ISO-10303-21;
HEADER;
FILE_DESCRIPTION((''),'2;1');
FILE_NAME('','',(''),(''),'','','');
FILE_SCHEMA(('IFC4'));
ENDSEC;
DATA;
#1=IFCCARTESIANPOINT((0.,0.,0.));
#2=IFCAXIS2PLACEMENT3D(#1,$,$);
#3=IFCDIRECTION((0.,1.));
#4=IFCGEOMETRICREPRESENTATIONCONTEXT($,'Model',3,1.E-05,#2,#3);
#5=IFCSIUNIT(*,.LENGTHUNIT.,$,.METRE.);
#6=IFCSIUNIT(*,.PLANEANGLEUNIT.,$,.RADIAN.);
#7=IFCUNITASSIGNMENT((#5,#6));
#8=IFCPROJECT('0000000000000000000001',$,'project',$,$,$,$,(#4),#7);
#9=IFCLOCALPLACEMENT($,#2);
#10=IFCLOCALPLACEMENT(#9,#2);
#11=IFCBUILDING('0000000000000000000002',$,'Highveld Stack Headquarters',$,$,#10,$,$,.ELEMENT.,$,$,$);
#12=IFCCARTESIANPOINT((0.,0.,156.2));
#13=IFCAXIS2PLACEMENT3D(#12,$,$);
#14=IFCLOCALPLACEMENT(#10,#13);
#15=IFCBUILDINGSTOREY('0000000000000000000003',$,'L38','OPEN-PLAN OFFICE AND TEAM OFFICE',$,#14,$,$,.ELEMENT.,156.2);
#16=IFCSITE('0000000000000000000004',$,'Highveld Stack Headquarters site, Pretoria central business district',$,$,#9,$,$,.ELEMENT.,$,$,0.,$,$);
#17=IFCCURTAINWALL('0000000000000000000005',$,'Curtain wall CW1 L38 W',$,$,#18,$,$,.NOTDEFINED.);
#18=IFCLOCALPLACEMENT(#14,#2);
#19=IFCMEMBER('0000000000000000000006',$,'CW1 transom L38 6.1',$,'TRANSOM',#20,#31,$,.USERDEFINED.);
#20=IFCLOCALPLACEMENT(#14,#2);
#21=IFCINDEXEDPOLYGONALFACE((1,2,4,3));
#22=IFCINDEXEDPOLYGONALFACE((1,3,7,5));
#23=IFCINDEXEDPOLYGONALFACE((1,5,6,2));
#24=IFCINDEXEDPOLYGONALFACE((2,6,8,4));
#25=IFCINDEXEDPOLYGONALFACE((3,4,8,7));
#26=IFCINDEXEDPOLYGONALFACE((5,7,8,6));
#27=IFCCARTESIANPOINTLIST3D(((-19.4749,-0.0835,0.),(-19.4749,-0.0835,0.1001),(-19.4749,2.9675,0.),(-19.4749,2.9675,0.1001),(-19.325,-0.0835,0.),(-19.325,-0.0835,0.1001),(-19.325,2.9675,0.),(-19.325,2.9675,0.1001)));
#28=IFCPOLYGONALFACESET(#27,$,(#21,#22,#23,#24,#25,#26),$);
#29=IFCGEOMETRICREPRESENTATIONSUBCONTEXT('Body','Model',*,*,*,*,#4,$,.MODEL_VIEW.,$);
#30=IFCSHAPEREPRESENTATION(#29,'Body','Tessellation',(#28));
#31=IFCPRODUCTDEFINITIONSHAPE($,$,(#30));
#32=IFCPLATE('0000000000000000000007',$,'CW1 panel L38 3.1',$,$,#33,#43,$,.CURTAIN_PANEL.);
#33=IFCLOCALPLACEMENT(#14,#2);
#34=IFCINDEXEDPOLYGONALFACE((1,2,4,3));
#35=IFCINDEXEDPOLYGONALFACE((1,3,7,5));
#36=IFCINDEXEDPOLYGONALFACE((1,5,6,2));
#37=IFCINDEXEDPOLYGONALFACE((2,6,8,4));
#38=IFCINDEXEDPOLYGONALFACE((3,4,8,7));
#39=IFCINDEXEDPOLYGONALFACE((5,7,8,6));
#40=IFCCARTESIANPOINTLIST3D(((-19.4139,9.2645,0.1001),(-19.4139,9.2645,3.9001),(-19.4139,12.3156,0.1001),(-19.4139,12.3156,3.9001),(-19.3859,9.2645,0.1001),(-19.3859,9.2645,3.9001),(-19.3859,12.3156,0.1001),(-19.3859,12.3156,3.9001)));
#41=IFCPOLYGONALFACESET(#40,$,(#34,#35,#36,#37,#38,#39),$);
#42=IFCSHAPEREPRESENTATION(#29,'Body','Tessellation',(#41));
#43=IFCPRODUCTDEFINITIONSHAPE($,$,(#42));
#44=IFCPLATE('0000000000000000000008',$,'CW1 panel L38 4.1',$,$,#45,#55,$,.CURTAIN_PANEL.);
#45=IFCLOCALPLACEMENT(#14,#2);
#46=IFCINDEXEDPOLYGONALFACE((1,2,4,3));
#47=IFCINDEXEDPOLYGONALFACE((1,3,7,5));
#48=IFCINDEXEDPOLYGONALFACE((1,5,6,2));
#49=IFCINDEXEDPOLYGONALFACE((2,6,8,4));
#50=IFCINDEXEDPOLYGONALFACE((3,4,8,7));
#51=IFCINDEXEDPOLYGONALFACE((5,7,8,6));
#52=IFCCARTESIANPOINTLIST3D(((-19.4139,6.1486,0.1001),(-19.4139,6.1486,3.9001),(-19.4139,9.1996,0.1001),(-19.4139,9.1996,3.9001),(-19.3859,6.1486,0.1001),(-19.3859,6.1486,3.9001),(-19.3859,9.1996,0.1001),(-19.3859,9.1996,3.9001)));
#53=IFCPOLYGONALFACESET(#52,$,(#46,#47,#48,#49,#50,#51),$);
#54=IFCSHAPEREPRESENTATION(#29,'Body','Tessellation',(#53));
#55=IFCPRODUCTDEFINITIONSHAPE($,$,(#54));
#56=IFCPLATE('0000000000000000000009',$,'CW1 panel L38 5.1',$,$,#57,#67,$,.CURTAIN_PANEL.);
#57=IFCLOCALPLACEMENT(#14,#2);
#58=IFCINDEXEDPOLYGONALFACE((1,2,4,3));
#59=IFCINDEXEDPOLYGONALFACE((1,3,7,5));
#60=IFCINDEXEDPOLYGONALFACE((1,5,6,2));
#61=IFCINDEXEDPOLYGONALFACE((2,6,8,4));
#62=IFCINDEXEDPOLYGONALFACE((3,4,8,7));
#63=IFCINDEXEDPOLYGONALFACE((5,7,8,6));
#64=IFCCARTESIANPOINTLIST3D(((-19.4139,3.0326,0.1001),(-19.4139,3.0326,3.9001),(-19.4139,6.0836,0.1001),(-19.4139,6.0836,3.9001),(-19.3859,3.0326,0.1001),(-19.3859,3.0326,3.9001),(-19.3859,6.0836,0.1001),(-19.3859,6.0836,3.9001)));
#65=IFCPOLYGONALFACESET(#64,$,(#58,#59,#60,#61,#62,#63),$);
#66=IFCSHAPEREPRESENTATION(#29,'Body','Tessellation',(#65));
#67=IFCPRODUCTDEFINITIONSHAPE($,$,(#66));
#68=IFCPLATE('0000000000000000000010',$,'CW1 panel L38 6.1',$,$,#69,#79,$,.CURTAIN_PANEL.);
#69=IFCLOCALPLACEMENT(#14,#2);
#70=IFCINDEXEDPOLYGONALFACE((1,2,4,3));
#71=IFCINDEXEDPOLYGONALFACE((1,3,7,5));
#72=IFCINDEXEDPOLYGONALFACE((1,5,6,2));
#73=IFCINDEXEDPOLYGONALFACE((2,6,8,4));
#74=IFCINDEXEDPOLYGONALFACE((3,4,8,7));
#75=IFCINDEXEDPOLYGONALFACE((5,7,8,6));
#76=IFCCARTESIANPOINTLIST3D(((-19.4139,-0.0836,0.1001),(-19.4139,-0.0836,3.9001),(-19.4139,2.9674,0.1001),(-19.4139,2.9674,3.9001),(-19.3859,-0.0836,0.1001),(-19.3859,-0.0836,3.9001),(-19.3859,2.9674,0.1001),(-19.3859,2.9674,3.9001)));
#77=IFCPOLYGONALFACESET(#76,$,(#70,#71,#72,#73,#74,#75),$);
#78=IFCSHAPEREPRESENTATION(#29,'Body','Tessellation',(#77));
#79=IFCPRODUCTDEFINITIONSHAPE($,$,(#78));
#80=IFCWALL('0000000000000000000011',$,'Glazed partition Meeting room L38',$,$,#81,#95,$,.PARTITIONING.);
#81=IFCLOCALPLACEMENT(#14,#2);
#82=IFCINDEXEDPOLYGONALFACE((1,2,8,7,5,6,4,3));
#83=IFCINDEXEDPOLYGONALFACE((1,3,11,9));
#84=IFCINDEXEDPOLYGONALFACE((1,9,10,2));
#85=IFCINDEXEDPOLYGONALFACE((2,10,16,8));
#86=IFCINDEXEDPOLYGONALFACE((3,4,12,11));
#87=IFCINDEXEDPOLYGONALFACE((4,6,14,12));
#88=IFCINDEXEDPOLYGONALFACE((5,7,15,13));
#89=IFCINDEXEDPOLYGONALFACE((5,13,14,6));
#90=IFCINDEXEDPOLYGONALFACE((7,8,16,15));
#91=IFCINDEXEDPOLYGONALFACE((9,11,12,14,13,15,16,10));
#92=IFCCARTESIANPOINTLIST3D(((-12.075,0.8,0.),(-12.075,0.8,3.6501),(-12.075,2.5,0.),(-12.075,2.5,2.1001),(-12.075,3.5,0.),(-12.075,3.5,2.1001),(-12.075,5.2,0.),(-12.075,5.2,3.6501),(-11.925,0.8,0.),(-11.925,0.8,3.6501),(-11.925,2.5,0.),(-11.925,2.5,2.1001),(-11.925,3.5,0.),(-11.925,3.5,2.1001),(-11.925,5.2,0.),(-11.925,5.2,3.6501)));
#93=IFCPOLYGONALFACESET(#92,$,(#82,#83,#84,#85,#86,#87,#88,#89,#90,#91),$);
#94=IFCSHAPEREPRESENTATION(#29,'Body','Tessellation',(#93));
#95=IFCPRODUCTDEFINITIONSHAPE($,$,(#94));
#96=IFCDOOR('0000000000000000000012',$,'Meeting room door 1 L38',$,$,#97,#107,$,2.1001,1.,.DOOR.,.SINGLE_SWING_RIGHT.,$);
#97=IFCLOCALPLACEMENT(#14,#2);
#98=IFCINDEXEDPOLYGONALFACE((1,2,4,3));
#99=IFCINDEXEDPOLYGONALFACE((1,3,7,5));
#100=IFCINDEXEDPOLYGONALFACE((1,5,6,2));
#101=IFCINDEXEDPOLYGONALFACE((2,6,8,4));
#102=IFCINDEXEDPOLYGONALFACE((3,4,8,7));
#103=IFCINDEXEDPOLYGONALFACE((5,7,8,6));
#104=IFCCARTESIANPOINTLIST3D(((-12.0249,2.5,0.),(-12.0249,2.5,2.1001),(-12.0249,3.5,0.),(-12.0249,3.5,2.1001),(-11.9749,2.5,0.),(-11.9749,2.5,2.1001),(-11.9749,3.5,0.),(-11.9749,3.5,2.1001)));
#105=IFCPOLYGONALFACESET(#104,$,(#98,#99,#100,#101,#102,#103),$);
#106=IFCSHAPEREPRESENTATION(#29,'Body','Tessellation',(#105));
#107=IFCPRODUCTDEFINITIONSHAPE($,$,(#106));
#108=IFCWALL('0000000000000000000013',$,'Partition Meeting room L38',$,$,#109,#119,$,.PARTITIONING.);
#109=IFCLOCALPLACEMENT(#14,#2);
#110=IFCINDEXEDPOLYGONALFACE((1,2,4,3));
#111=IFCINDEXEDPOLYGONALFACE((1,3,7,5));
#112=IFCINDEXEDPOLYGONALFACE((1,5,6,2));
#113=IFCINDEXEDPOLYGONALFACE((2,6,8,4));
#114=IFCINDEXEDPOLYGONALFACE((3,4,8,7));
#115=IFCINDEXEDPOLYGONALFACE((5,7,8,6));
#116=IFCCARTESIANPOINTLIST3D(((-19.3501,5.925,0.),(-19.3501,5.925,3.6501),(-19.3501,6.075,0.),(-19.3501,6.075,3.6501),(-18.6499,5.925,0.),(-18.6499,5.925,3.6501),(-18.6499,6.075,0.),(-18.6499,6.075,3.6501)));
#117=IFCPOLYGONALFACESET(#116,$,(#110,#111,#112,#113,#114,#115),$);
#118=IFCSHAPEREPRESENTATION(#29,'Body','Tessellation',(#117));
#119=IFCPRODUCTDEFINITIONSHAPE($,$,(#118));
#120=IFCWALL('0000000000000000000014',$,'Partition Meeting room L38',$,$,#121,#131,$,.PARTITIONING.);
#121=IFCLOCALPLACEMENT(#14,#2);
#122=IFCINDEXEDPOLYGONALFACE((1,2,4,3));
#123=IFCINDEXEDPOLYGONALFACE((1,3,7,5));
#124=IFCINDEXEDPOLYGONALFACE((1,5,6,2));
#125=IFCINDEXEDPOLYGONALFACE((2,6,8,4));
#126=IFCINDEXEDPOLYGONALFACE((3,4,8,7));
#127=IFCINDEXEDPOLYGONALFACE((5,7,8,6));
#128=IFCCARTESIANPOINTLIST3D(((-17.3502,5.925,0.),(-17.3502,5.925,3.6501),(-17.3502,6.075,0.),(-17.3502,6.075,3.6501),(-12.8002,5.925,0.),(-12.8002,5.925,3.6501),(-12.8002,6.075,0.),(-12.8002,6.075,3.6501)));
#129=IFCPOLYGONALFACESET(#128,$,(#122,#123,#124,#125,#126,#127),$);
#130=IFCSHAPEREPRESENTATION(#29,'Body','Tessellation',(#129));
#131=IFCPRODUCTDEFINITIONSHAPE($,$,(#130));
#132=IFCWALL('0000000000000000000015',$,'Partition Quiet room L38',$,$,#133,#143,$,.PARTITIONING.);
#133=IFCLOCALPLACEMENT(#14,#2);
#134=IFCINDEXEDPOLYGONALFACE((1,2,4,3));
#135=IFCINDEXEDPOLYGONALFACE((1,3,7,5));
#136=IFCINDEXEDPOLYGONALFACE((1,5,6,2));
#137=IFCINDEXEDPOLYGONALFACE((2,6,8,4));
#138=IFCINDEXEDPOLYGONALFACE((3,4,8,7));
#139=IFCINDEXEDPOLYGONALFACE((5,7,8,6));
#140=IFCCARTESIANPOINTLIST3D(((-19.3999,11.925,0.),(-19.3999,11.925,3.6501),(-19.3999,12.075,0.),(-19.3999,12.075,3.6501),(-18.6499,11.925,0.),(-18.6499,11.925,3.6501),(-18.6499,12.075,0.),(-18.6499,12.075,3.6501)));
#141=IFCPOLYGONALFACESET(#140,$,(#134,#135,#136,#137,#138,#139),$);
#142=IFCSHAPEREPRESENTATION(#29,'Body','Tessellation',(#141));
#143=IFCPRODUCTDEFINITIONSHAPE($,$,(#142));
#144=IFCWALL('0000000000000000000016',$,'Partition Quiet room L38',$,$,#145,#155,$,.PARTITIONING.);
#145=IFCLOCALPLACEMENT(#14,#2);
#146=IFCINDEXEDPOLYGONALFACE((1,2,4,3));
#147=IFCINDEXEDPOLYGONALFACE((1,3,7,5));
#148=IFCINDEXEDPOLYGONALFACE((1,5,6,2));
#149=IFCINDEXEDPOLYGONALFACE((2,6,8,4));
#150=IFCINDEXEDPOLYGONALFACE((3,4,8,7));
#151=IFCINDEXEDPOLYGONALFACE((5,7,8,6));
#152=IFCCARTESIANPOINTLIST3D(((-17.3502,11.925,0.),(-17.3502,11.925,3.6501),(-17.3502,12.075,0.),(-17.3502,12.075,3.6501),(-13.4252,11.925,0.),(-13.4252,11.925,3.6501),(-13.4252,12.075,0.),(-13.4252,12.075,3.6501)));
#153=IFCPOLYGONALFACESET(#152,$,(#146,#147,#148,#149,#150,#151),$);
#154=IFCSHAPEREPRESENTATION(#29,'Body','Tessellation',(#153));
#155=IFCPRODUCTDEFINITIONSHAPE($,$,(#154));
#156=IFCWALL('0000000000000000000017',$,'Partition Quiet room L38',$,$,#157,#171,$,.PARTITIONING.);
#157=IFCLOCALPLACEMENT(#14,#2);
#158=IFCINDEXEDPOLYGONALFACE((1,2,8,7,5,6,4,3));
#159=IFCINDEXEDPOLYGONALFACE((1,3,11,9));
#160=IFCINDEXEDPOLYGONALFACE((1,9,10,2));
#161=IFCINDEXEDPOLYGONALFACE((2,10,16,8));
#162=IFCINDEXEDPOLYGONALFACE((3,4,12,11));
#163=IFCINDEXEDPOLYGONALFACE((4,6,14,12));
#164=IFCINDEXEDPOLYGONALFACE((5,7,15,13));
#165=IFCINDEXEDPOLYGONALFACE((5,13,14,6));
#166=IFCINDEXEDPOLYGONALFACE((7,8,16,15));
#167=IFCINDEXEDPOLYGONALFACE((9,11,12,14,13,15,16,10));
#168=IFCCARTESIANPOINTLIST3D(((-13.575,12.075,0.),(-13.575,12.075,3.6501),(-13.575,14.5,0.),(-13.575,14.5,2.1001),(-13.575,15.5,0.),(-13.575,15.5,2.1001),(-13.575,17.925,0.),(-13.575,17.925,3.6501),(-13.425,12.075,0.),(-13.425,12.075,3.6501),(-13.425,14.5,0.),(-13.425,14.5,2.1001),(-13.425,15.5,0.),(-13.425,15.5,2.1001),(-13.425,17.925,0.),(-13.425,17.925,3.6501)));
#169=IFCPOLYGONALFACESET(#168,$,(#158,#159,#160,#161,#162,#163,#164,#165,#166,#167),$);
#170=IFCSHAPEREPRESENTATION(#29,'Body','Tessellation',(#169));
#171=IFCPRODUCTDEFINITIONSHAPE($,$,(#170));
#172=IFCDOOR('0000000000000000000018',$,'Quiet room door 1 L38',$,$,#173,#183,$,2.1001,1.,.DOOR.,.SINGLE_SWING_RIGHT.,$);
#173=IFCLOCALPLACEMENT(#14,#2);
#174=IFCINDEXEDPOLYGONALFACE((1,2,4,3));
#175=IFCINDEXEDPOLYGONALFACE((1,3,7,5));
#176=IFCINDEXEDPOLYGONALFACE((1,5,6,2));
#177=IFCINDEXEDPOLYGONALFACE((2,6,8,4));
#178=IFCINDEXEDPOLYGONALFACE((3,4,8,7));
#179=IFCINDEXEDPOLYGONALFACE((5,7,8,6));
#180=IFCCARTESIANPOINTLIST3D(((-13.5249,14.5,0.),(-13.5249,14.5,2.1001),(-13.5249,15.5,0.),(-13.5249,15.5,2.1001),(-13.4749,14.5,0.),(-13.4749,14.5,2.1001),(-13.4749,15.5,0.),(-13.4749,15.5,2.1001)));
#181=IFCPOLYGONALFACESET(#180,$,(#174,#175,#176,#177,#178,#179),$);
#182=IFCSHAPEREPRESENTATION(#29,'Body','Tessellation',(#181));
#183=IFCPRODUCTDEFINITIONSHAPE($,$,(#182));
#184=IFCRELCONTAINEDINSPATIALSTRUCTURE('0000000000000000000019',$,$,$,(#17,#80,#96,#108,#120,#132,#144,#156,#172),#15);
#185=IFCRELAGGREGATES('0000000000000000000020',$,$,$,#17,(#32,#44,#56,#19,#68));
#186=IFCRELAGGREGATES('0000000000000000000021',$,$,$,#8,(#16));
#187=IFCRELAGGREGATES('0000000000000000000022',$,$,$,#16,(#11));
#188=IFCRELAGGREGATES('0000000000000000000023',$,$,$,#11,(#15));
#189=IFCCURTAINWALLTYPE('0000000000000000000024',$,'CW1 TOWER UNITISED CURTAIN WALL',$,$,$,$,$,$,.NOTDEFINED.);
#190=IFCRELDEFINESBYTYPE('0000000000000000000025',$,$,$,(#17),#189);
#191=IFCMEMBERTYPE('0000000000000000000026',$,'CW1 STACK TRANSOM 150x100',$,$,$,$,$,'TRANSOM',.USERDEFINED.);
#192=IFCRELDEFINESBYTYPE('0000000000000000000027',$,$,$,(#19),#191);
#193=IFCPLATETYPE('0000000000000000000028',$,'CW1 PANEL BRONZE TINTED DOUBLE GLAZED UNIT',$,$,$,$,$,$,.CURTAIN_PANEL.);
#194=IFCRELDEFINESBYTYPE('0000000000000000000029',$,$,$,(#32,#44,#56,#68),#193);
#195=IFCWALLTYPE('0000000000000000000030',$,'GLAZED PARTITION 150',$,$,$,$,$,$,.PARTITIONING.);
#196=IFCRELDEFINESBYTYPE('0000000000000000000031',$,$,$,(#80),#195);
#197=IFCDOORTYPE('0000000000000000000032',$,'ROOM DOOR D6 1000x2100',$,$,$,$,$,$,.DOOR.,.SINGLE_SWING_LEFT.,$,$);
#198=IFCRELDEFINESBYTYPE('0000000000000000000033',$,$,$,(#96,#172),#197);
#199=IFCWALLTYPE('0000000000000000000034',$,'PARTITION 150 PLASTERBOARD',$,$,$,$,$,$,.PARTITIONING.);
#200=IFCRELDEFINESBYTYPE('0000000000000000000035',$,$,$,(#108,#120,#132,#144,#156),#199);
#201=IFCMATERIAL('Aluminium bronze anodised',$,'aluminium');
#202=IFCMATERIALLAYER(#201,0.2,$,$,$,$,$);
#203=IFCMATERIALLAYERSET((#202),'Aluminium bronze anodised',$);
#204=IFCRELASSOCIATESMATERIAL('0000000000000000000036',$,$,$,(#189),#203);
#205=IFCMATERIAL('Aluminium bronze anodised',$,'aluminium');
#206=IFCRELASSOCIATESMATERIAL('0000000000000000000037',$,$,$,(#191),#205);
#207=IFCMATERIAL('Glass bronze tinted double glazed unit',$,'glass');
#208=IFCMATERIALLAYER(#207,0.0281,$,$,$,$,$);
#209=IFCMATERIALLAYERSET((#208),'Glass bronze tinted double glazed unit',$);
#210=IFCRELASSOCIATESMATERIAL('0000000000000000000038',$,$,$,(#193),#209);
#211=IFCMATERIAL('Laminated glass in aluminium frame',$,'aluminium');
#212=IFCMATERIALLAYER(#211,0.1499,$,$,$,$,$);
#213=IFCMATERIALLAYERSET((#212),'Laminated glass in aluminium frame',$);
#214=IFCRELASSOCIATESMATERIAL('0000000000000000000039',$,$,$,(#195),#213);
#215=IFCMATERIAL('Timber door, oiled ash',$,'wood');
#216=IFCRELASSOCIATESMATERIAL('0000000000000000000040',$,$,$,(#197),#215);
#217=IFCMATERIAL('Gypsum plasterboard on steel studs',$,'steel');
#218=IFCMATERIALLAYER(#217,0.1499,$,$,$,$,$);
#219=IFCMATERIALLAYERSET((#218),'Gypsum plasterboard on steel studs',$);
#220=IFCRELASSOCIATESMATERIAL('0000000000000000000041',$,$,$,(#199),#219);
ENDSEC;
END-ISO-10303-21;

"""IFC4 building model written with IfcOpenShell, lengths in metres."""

from ifc_helpers import new_model, si_unit, direction, frame, frame_2d, origin, origin_2d, place, context, subcontext, project, spatial, rectangle, extrude, material, layer, layer_set, material_profile, profile_set, type_object, element, fill, aggregate, save


model = new_model("IFC4")

# Units and contexts
model_context = context("Model", 3, precision=1e-05, world=origin(), true_north=direction((0.0, 1.0)))
body_context = subcontext(model_context, "Body", "Model", "MODEL_VIEW")
ifc_project = project(units=[si_unit("LENGTHUNIT", "METRE"), si_unit("PLANEANGLEUNIT", "RADIAN")], contexts=[model_context])

# Site, building, storey
site_placement = place(None, origin())
site = spatial("IfcSite", under=ifc_project, at=site_placement, Name="Highveld Stack Headquarters site, Pretoria central business district", CompositionType="ELEMENT", RefElevation=0.0)
building_placement = place(site_placement, origin())
building = spatial("IfcBuilding", under=site, at=building_placement, Name="Highveld Stack Headquarters", CompositionType="ELEMENT")
storey_placement = place(building_placement, frame((0.0, 0.0, 156.2)))
storey = spatial("IfcBuildingStorey", under=building, at=storey_placement, Name="L38", Description="OPEN-PLAN OFFICE AND TEAM OFFICE", CompositionType="ELEMENT", Elevation=156.2)

# Curtain wall, member, plates
ifc_material_1 = material(Name="Aluminium bronze anodised", Category="aluminium")
ifc_layer_1 = layer(ifc_material_1, 0.2)
ifc_layer_set_1 = layer_set([ifc_layer_1], Name="Aluminium bronze anodised")
curtain_wall_type = type_object("IfcCurtainWallType", Name="CW1 TOWER UNITISED CURTAIN WALL", PredefinedType="NOTDEFINED", material=ifc_layer_set_1)
curtain_wall_placement = place(storey_placement, origin())
curtain_wall = element("IfcCurtainWall", 1, at=curtain_wall_placement, inside=storey, type_object=curtain_wall_type, Name="Curtain wall CW1 L38 W", PredefinedType="NOTDEFINED")
ifc_material_2 = material(Name="Aluminium bronze anodised", Category="aluminium")
ifc_material_profile_1 = material_profile(ifc_material_2, rectangle(XDim=0.1499, YDim=0.1001, at=origin_2d()), Name="CW1 TRANSOM 150x100")
ifc_profile_set_1 = profile_set([ifc_material_profile_1], Name="Aluminium bronze anodised")
member_type_1 = type_object("IfcMemberType", Name="CW1 STACK TRANSOM 150x100", ElementType="TRANSOM", PredefinedType="USERDEFINED", material=ifc_profile_set_1)
member_1_placement = place(storey_placement, frame((-19.3999, 2.9675, 0.05), z_axis=(0.0, -1.0, 0.0), x_axis=(1.0, 0.0, 0.0)))
member_1 = element("IfcMember", 2, at=member_1_placement, type_object=member_type_1, Name="CW1 transom L38 6.1", ObjectType="TRANSOM", PredefinedType="USERDEFINED", context=body_context, shape_type="SweptSolid", body=[
    extrude(rectangle(XDim=0.1499, YDim=0.1001, at=origin_2d()), origin(), (0.0, 0.0, 1.0), 3.051),
])
ifc_material_3 = material(Name="Glass bronze tinted double glazed unit", Category="glass")
ifc_layer_2 = layer(ifc_material_3, 0.0281)
ifc_layer_set_2 = layer_set([ifc_layer_2], Name="Glass bronze tinted double glazed unit")
plate_type = type_object("IfcPlateType", Name="CW1 PANEL BRONZE TINTED DOUBLE GLAZED UNIT", PredefinedType="CURTAIN_PANEL", material=ifc_layer_set_2)
plate_1_placement = place(storey_placement, frame((-19.3999, 10.79, 0.1001), z_axis=(0.0, 0.0, 1.0), x_axis=(0.0, -1.0, 0.0)))
plate_1 = element("IfcPlate", 3, at=plate_1_placement, type_object=plate_type, Name="CW1 panel L38 3.1", PredefinedType="CURTAIN_PANEL", context=body_context, shape_type="SweptSolid", body=[
    extrude(rectangle(XDim=3.051, YDim=0.0281, at=origin_2d()), origin(), (0.0, 0.0, 1.0), 3.8),
])
plate_2_placement = place(storey_placement, frame((-19.3999, 7.6741, 0.1001), z_axis=(0.0, 0.0, 1.0), x_axis=(0.0, -1.0, 0.0)))
plate_2 = element("IfcPlate", 4, at=plate_2_placement, type_object=plate_type, Name="CW1 panel L38 4.1", PredefinedType="CURTAIN_PANEL", context=body_context, shape_type="SweptSolid", body=[
    extrude(rectangle(XDim=3.051, YDim=0.0281, at=origin_2d()), origin(), (0.0, 0.0, 1.0), 3.8),
])
plate_3_placement = place(storey_placement, frame((-19.3999, 4.5581, 0.1001), z_axis=(0.0, 0.0, 1.0), x_axis=(0.0, -1.0, 0.0)))
plate_3 = element("IfcPlate", 5, at=plate_3_placement, type_object=plate_type, Name="CW1 panel L38 5.1", PredefinedType="CURTAIN_PANEL", context=body_context, shape_type="SweptSolid", body=[
    extrude(rectangle(XDim=3.051, YDim=0.0281, at=origin_2d()), origin(), (0.0, 0.0, 1.0), 3.8),
])
plate_4_placement = place(storey_placement, frame((-19.3999, 1.4419, 0.1001), z_axis=(0.0, 0.0, 1.0), x_axis=(0.0, -1.0, 0.0)))
plate_4 = element("IfcPlate", 6, at=plate_4_placement, type_object=plate_type, Name="CW1 panel L38 6.1", PredefinedType="CURTAIN_PANEL", context=body_context, shape_type="SweptSolid", body=[
    extrude(rectangle(XDim=3.051, YDim=0.0281, at=origin_2d()), origin(), (0.0, 0.0, 1.0), 3.8),
])
aggregate(curtain_wall, [plate_1, plate_2, plate_3, member_1, plate_4])

# Wall, opening, door
ifc_material_4 = material(Name="Laminated glass in aluminium frame", Category="aluminium")
ifc_layer_3 = layer(ifc_material_4, 0.1499)
ifc_layer_set_3 = layer_set([ifc_layer_3], Name="Laminated glass in aluminium frame")
wall_type_1 = type_object("IfcWallType", Name="GLAZED PARTITION 150", PredefinedType="PARTITIONING", material=ifc_layer_set_3)
wall_1_placement = place(storey_placement, frame((-12.0, 0.8, 0.0), z_axis=(0.0, 0.0, 1.0), x_axis=(0.0, 1.0, 0.0)))
wall_1 = element("IfcWall", 7, at=wall_1_placement, inside=storey, type_object=wall_type_1, Name="Glazed partition Meeting room L38", PredefinedType="PARTITIONING", context=body_context, shape_type="SweptSolid", body=[
    extrude(rectangle(XDim=4.3999, YDim=0.1499, at=frame_2d((2.2, 0.0))), origin(), (0.0, 0.0, 1.0), 3.6501),
])
opening_1_placement = place(wall_1_placement, frame((1.7, 0.0, 0.0)))
opening_1 = element("IfcOpeningElement", 8, at=opening_1_placement, cuts=wall_1, PredefinedType="OPENING", context=body_context, shape_type="SweptSolid", body=[
    extrude(rectangle(XDim=1.0, YDim=2.1001, at=frame_2d((0.5, 1.05))), frame((0.0, 0.085, 0.0), z_axis=(0.0, -1.0, 0.0), x_axis=(1.0, 0.0, 0.0)), (0.0, 0.0, 1.0), 0.1699),
])
ifc_material_5 = material(Name="Timber door, oiled ash", Category="wood")
door_type = type_object("IfcDoorType", Name="ROOM DOOR D6 1000x2100", OperationType="SINGLE_SWING_LEFT", PredefinedType="DOOR", material=ifc_material_5)
door_1_placement = place(opening_1_placement, origin())
door_1 = element("IfcDoor", 9, at=door_1_placement, inside=storey, type_object=door_type, Name="Meeting room door 1 L38", OperationType="SINGLE_SWING_RIGHT", OverallHeight=2.1001, OverallWidth=1.0, PredefinedType="DOOR", context=body_context, shape_type="SweptSolid", body=[
    extrude(rectangle(XDim=1.0, YDim=2.1001, at=frame_2d((0.5, 1.05))), frame((0.0, 0.0249, 0.0), z_axis=(0.0, -1.0, 0.0), x_axis=(1.0, 0.0, 0.0)), (0.0, 0.0, 1.0), 0.05),
])
fill(opening_1, door_1)

# Walls
ifc_material_6 = material(Name="Gypsum plasterboard on steel studs", Category="steel")
ifc_layer_4 = layer(ifc_material_6, 0.1499)
ifc_layer_set_4 = layer_set([ifc_layer_4], Name="Gypsum plasterboard on steel studs")
wall_type_2 = type_object("IfcWallType", Name="PARTITION 150 PLASTERBOARD", PredefinedType="PARTITIONING", material=ifc_layer_set_4)
wall_2_placement = place(storey_placement, frame((-19.3501, 6.0, 0.0), z_axis=(0.0, 0.0, 1.0), x_axis=(1.0, 0.0, 0.0)))
element("IfcWall", 10, at=wall_2_placement, inside=storey, type_object=wall_type_2, Name="Partition Meeting room L38", PredefinedType="PARTITIONING", context=body_context, shape_type="SweptSolid", body=[
    extrude(rectangle(XDim=0.7002, YDim=0.1499, at=frame_2d((0.3501, 0.0))), origin(), (0.0, 0.0, 1.0), 3.6501),
])
wall_3_placement = place(storey_placement, frame((-17.3501, 6.0, 0.0), z_axis=(0.0, 0.0, 1.0), x_axis=(1.0, 0.0, 0.0)))
element("IfcWall", 11, at=wall_3_placement, inside=storey, type_object=wall_type_2, Name="Partition Meeting room L38", PredefinedType="PARTITIONING", context=body_context, shape_type="SweptSolid", body=[
    extrude(rectangle(XDim=4.55, YDim=0.1499, at=frame_2d((2.2749, 0.0))), origin(), (0.0, 0.0, 1.0), 3.6501),
])
wall_4_placement = place(storey_placement, frame((-19.3999, 12.0, 0.0), z_axis=(0.0, 0.0, 1.0), x_axis=(1.0, 0.0, 0.0)))
element("IfcWall", 12, at=wall_4_placement, inside=storey, type_object=wall_type_2, Name="Partition Quiet room L38", PredefinedType="PARTITIONING", context=body_context, shape_type="SweptSolid", body=[
    extrude(rectangle(XDim=0.75, YDim=0.1499, at=frame_2d((0.375, 0.0))), origin(), (0.0, 0.0, 1.0), 3.6501),
])
wall_5_placement = place(storey_placement, frame((-17.3501, 12.0, 0.0), z_axis=(0.0, 0.0, 1.0), x_axis=(1.0, 0.0, 0.0)))
element("IfcWall", 13, at=wall_5_placement, inside=storey, type_object=wall_type_2, Name="Partition Quiet room L38", PredefinedType="PARTITIONING", context=body_context, shape_type="SweptSolid", body=[
    extrude(rectangle(XDim=3.925, YDim=0.1499, at=frame_2d((1.9624, 0.0))), origin(), (0.0, 0.0, 1.0), 3.6501),
])

# Wall, opening, door
wall_6_placement = place(storey_placement, frame((-13.5, 12.075, 0.0), z_axis=(0.0, 0.0, 1.0), x_axis=(0.0, 1.0, 0.0)))
wall_6 = element("IfcWall", 14, at=wall_6_placement, inside=storey, type_object=wall_type_2, Name="Partition Quiet room L38", PredefinedType="PARTITIONING", context=body_context, shape_type="SweptSolid", body=[
    extrude(rectangle(XDim=5.8501, YDim=0.1499, at=frame_2d((2.925, 0.0))), origin(), (0.0, 0.0, 1.0), 3.6501),
])
opening_2_placement = place(wall_6_placement, frame((2.425, 0.0, 0.0)))
opening_2 = element("IfcOpeningElement", 15, at=opening_2_placement, cuts=wall_6, PredefinedType="OPENING", context=body_context, shape_type="SweptSolid", body=[
    extrude(rectangle(XDim=1.0, YDim=2.1001, at=frame_2d((0.5, 1.05))), frame((0.0, 0.085, 0.0), z_axis=(0.0, -1.0, 0.0), x_axis=(1.0, 0.0, 0.0)), (0.0, 0.0, 1.0), 0.1699),
])
door_2_placement = place(opening_2_placement, origin())
door_2 = element("IfcDoor", 16, at=door_2_placement, inside=storey, type_object=door_type, Name="Quiet room door 1 L38", OperationType="SINGLE_SWING_RIGHT", OverallHeight=2.1001, OverallWidth=1.0, PredefinedType="DOOR", context=body_context, shape_type="SweptSolid", body=[
    extrude(rectangle(XDim=1.0, YDim=2.1001, at=frame_2d((0.5, 1.05))), frame((0.0, 0.0249, 0.0), z_axis=(0.0, -1.0, 0.0), x_axis=(1.0, 0.0, 0.0)), (0.0, 0.0, 1.0), 0.05),
])
fill(opening_2, door_2)

save(model, "model.ifc")
